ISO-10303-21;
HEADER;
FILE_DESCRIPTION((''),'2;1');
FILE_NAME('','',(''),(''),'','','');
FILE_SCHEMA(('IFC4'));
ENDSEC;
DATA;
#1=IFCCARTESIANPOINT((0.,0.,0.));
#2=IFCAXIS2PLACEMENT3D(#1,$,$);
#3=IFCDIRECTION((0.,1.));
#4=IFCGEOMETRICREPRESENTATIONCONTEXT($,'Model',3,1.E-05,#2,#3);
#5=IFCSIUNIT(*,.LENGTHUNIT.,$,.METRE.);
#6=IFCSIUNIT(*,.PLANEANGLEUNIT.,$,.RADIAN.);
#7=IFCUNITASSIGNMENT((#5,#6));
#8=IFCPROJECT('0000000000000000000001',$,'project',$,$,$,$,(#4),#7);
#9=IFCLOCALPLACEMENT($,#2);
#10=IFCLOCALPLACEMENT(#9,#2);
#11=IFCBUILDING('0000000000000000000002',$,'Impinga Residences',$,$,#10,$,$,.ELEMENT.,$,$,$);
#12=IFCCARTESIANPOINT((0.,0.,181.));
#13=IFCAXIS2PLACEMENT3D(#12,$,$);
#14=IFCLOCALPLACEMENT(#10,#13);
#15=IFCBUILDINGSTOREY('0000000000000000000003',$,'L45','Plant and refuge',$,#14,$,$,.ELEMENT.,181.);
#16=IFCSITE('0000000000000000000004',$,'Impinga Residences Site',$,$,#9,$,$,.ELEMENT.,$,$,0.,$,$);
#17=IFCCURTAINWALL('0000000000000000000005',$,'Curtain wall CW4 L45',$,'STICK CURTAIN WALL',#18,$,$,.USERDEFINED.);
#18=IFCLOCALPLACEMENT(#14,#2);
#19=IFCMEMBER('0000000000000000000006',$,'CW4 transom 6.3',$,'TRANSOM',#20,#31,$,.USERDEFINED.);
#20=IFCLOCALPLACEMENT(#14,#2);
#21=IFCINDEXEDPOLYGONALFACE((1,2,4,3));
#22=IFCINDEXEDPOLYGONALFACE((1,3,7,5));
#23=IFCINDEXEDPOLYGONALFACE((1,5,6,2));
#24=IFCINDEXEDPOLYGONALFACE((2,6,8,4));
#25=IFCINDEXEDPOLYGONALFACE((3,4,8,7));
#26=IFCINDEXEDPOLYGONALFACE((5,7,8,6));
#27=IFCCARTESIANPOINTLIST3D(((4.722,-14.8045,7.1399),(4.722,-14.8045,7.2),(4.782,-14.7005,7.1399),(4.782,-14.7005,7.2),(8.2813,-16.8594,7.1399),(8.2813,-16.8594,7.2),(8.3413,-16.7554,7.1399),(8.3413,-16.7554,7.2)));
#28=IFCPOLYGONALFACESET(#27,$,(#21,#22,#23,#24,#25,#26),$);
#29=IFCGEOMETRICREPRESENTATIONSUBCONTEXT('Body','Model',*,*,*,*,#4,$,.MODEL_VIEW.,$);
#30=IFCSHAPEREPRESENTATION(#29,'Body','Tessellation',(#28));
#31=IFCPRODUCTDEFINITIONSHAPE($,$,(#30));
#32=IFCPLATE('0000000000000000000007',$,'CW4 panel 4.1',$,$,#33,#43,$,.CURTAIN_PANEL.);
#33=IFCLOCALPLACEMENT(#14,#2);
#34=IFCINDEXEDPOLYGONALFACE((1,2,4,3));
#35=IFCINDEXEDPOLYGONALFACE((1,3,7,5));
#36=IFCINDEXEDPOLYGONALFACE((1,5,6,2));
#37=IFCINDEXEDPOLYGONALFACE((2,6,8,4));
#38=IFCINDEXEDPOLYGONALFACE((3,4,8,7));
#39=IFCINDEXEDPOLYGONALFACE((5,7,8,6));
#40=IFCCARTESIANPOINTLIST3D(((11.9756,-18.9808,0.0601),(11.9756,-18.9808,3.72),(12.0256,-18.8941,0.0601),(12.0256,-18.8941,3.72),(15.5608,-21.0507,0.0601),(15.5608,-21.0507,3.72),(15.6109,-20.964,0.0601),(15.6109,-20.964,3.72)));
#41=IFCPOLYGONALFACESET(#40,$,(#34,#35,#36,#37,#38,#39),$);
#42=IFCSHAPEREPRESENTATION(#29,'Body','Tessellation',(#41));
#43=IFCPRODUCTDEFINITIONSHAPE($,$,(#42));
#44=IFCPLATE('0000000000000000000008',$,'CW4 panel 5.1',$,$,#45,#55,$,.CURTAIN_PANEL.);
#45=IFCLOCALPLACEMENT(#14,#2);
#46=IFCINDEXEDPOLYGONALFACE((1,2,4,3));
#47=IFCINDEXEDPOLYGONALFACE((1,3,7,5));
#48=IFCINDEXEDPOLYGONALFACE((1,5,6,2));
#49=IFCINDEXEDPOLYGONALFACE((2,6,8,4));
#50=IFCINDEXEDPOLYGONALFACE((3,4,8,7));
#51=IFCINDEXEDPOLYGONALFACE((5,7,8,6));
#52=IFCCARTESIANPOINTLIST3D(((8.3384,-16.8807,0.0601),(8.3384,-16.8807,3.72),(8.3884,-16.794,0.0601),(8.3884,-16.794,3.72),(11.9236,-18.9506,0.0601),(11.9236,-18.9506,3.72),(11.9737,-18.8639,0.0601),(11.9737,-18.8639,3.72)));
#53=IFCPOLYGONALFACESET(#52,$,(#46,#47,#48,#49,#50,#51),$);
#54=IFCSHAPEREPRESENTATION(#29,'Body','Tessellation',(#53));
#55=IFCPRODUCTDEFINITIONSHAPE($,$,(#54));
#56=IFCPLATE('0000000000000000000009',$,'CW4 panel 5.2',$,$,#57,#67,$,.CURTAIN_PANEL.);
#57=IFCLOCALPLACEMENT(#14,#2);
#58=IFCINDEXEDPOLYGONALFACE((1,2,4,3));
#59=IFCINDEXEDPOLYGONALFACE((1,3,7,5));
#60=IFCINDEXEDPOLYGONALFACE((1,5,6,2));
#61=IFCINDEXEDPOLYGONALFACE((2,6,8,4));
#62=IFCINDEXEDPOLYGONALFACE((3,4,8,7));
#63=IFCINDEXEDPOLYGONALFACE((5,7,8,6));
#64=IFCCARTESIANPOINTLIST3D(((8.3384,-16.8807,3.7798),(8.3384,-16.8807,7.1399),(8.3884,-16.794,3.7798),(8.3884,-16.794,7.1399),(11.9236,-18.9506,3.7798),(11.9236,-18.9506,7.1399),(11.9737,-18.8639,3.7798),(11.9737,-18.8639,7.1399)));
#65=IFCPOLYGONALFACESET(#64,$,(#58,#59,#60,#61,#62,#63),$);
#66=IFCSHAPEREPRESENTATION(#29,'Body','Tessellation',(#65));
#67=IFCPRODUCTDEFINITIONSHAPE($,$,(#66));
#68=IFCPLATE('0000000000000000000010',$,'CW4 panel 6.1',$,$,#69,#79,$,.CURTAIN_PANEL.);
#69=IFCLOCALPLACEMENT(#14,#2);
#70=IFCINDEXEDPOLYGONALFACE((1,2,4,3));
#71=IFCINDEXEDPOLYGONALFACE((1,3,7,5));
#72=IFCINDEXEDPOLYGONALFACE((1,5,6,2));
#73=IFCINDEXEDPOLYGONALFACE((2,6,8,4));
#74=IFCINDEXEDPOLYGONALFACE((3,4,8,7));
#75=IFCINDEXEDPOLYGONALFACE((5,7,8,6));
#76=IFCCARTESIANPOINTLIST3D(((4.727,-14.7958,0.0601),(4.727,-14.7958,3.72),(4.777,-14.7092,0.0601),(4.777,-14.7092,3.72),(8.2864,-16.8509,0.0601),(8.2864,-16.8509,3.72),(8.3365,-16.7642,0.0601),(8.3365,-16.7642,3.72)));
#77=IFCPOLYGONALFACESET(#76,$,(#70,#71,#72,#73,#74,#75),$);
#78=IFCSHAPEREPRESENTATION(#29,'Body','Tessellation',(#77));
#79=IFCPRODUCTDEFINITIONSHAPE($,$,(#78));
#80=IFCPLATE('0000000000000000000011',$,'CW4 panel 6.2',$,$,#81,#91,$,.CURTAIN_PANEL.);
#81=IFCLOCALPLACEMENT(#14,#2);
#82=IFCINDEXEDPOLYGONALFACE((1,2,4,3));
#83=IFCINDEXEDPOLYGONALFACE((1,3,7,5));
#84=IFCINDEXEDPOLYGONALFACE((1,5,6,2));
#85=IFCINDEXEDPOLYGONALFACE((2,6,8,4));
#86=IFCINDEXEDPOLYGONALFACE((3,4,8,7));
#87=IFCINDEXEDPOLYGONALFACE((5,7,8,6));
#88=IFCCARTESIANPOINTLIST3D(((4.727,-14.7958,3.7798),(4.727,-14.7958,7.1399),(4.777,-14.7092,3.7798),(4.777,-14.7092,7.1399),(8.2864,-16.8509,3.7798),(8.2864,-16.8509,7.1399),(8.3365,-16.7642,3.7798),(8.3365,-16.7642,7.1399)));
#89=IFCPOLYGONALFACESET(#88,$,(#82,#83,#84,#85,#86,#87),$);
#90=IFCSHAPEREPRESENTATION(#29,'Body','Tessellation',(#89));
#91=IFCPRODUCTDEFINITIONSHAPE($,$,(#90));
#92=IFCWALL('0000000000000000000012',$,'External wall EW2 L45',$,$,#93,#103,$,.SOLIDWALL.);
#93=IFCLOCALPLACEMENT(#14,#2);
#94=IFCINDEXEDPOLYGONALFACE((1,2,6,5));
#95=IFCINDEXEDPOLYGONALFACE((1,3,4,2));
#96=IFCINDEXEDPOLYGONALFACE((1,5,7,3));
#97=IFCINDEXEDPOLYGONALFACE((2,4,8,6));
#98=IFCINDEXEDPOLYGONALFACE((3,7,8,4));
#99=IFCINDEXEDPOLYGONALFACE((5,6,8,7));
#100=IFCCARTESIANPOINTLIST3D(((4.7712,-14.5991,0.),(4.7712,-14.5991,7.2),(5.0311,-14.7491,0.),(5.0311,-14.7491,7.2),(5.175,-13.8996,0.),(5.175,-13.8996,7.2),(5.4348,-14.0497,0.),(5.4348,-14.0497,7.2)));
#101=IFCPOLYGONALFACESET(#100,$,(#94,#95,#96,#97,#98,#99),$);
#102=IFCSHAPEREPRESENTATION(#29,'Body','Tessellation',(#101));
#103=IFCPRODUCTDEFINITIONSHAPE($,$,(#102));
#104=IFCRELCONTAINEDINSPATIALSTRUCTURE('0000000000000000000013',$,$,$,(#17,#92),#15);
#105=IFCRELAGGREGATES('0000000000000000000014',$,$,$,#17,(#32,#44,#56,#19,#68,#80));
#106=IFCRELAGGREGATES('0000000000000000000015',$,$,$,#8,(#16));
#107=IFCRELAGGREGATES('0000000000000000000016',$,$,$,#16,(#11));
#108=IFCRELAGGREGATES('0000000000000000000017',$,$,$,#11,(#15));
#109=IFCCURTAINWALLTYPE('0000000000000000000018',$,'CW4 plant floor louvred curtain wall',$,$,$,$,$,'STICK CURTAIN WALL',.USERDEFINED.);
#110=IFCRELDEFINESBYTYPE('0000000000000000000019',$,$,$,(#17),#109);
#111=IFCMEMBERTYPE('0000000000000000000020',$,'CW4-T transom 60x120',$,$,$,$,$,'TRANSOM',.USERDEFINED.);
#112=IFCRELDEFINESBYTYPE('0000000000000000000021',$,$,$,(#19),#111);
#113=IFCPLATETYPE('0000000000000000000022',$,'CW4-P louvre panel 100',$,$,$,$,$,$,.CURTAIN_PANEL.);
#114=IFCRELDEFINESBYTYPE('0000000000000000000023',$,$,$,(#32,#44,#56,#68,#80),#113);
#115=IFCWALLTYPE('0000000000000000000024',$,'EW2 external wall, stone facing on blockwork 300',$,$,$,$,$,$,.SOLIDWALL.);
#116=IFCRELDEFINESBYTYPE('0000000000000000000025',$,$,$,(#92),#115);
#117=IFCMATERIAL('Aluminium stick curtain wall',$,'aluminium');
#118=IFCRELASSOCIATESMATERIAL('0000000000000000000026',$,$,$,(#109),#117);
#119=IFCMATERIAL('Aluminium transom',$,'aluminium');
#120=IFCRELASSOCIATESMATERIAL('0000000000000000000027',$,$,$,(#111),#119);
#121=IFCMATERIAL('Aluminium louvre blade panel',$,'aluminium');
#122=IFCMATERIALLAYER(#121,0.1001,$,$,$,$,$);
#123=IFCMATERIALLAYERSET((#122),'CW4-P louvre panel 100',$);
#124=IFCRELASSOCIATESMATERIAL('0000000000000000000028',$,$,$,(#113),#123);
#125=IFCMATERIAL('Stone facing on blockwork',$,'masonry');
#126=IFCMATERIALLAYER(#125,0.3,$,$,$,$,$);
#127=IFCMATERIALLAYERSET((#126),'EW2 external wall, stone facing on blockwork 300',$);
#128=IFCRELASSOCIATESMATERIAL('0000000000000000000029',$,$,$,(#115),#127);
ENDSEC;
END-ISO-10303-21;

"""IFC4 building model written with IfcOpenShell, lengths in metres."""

from ifc_helpers import new_model, si_unit, direction, frame, frame_2d, origin, origin_2d, place, context, subcontext, project, spatial, rectangle, extrude, material, layer, layer_set, material_profile, profile_set, type_object, element, aggregate, save


model = new_model("IFC4")

# Units and contexts
model_context = context("Model", 3, precision=1e-05, world=origin(), true_north=direction((0.0, 1.0)))
body_context = subcontext(model_context, "Body", "Model", "MODEL_VIEW")
ifc_project = project(units=[si_unit("LENGTHUNIT", "METRE"), si_unit("PLANEANGLEUNIT", "RADIAN")], contexts=[model_context])

# Site, building, storey
site_placement = place(None, origin())
site = spatial("IfcSite", under=ifc_project, at=site_placement, Name="Impinga Residences Site", CompositionType="ELEMENT", RefElevation=0.0)
building_placement = place(site_placement, origin())
building = spatial("IfcBuilding", under=site, at=building_placement, Name="Impinga Residences", CompositionType="ELEMENT")
storey_placement = place(building_placement, frame((0.0, 0.0, 181.0)))
storey = spatial("IfcBuildingStorey", under=building, at=storey_placement, Name="L45", Description="Plant and refuge", CompositionType="ELEMENT", Elevation=181.0)

# Curtain wall, member, plates
ifc_material_1 = material(Name="Aluminium stick curtain wall", Category="aluminium")
curtain_wall_type = type_object("IfcCurtainWallType", Name="CW4 plant floor louvred curtain wall", ElementType="STICK CURTAIN WALL", PredefinedType="USERDEFINED", material=ifc_material_1)
curtain_wall_placement = place(storey_placement, origin())
curtain_wall = element("IfcCurtainWall", 1, at=curtain_wall_placement, inside=storey, type_object=curtain_wall_type, Name="Curtain wall CW4 L45", ObjectType="STICK CURTAIN WALL", PredefinedType="USERDEFINED")
ifc_material_2 = material(Name="Aluminium transom", Category="aluminium")
ifc_material_profile_1 = material_profile(ifc_material_2, rectangle(XDim=0.0601, YDim=0.1201, at=origin_2d()), Name="60x120 transom")
ifc_profile_set_1 = profile_set([ifc_material_profile_1], Name="Aluminium transom")
member_type_1 = type_object("IfcMemberType", Name="CW4-T transom 60x120", ElementType="TRANSOM", PredefinedType="USERDEFINED", material=ifc_profile_set_1)
member_1_placement = place(storey_placement, frame((8.3113, -16.8074, 7.1699), z_axis=(-0.86603, 0.499992, 0.0), x_axis=(0.0, 0.0, 1.0)))
member_1 = element("IfcMember", 2, at=member_1_placement, type_object=member_type_1, Name="CW4 transom 6.3", ObjectType="TRANSOM", PredefinedType="USERDEFINED", context=body_context, shape_type="SweptSolid", body=[
    extrude(rectangle(XDim=0.0601, YDim=0.1201, at=origin_2d()), origin(), (0.0, 0.0, 1.0), 4.1099),
])
ifc_material_3 = material(Name="Aluminium louvre blade panel", Category="aluminium")
ifc_layer_1 = layer(ifc_material_3, 0.1001)
ifc_layer_set_1 = layer_set([ifc_layer_1], Name="CW4-P louvre panel 100")
plate_type = type_object("IfcPlateType", Name="CW4-P louvre panel 100", PredefinedType="CURTAIN_PANEL", material=ifc_layer_set_1)
plate_1_placement = place(storey_placement, frame((13.7932, -19.9724, 0.0601), z_axis=(0.0, 0.0, 1.0), x_axis=(-0.866025, 0.5, 0.0)))
plate_1 = element("IfcPlate", 3, at=plate_1_placement, type_object=plate_type, Name="CW4 panel 4.1", PredefinedType="CURTAIN_PANEL", context=body_context, shape_type="SweptSolid", body=[
    extrude(rectangle(XDim=4.1399, YDim=0.1001, at=origin_2d()), origin(), (0.0, 0.0, 1.0), 3.6599),
])
plate_2_placement = place(storey_placement, frame((10.156, -17.8723, 0.0601), z_axis=(0.0, 0.0, 1.0), x_axis=(-0.866025, 0.5, 0.0)))
plate_2 = element("IfcPlate", 4, at=plate_2_placement, type_object=plate_type, Name="CW4 panel 5.1", PredefinedType="CURTAIN_PANEL", context=body_context, shape_type="SweptSolid", body=[
    extrude(rectangle(XDim=4.1399, YDim=0.1001, at=origin_2d()), origin(), (0.0, 0.0, 1.0), 3.6599),
])
plate_3_placement = place(storey_placement, frame((10.156, -17.8723, 3.7798), z_axis=(0.0, 0.0, 1.0), x_axis=(-0.866025, 0.5, 0.0)))
plate_3 = element("IfcPlate", 5, at=plate_3_placement, type_object=plate_type, Name="CW4 panel 5.2", PredefinedType="CURTAIN_PANEL", context=body_context, shape_type="SweptSolid", body=[
    extrude(rectangle(XDim=4.1399, YDim=0.1001, at=origin_2d()), origin(), (0.0, 0.0, 1.0), 3.3601),
])
plate_4_placement = place(storey_placement, frame((6.5317, -15.78, 0.0601), z_axis=(0.0, 0.0, 1.0), x_axis=(-0.866025, 0.5, 0.0)))
plate_4 = element("IfcPlate", 6, at=plate_4_placement, type_object=plate_type, Name="CW4 panel 6.1", PredefinedType="CURTAIN_PANEL", context=body_context, shape_type="SweptSolid", body=[
    extrude(rectangle(XDim=4.1101, YDim=0.1001, at=origin_2d()), origin(), (0.0, 0.0, 1.0), 3.6599),
])
plate_5_placement = place(storey_placement, frame((6.5317, -15.78, 3.7798), z_axis=(0.0, 0.0, 1.0), x_axis=(-0.866025, 0.5, 0.0)))
plate_5 = element("IfcPlate", 7, at=plate_5_placement, type_object=plate_type, Name="CW4 panel 6.2", PredefinedType="CURTAIN_PANEL", context=body_context, shape_type="SweptSolid", body=[
    extrude(rectangle(XDim=4.1101, YDim=0.1001, at=origin_2d()), origin(), (0.0, 0.0, 1.0), 3.3601),
])
aggregate(curtain_wall, [plate_1, plate_2, plate_3, member_1, plate_4, plate_5])

# Wall
ifc_material_4 = material(Name="Stone facing on blockwork", Category="masonry")
ifc_layer_2 = layer(ifc_material_4, 0.3)
ifc_layer_set_2 = layer_set([ifc_layer_2], Name="EW2 external wall, stone facing on blockwork 300")
wall_type = type_object("IfcWallType", Name="EW2 external wall, stone facing on blockwork 300", PredefinedType="SOLIDWALL", material=ifc_layer_set_2)
wall_placement = place(storey_placement, frame((4.9011, -14.6741, 0.0), z_axis=(0.0, 0.0, 1.0), x_axis=(0.499975, 0.86604, 0.0)))
element("IfcWall", 8, at=wall_placement, inside=storey, type_object=wall_type, Name="External wall EW2 L45", PredefinedType="SOLIDWALL", context=body_context, shape_type="SweptSolid", body=[
    extrude(rectangle(XDim=0.8076, YDim=0.3, at=frame_2d((0.4038, 0.0))), origin(), (0.0, 0.0, 1.0), 7.2),
])

save(model, "model.ifc")
